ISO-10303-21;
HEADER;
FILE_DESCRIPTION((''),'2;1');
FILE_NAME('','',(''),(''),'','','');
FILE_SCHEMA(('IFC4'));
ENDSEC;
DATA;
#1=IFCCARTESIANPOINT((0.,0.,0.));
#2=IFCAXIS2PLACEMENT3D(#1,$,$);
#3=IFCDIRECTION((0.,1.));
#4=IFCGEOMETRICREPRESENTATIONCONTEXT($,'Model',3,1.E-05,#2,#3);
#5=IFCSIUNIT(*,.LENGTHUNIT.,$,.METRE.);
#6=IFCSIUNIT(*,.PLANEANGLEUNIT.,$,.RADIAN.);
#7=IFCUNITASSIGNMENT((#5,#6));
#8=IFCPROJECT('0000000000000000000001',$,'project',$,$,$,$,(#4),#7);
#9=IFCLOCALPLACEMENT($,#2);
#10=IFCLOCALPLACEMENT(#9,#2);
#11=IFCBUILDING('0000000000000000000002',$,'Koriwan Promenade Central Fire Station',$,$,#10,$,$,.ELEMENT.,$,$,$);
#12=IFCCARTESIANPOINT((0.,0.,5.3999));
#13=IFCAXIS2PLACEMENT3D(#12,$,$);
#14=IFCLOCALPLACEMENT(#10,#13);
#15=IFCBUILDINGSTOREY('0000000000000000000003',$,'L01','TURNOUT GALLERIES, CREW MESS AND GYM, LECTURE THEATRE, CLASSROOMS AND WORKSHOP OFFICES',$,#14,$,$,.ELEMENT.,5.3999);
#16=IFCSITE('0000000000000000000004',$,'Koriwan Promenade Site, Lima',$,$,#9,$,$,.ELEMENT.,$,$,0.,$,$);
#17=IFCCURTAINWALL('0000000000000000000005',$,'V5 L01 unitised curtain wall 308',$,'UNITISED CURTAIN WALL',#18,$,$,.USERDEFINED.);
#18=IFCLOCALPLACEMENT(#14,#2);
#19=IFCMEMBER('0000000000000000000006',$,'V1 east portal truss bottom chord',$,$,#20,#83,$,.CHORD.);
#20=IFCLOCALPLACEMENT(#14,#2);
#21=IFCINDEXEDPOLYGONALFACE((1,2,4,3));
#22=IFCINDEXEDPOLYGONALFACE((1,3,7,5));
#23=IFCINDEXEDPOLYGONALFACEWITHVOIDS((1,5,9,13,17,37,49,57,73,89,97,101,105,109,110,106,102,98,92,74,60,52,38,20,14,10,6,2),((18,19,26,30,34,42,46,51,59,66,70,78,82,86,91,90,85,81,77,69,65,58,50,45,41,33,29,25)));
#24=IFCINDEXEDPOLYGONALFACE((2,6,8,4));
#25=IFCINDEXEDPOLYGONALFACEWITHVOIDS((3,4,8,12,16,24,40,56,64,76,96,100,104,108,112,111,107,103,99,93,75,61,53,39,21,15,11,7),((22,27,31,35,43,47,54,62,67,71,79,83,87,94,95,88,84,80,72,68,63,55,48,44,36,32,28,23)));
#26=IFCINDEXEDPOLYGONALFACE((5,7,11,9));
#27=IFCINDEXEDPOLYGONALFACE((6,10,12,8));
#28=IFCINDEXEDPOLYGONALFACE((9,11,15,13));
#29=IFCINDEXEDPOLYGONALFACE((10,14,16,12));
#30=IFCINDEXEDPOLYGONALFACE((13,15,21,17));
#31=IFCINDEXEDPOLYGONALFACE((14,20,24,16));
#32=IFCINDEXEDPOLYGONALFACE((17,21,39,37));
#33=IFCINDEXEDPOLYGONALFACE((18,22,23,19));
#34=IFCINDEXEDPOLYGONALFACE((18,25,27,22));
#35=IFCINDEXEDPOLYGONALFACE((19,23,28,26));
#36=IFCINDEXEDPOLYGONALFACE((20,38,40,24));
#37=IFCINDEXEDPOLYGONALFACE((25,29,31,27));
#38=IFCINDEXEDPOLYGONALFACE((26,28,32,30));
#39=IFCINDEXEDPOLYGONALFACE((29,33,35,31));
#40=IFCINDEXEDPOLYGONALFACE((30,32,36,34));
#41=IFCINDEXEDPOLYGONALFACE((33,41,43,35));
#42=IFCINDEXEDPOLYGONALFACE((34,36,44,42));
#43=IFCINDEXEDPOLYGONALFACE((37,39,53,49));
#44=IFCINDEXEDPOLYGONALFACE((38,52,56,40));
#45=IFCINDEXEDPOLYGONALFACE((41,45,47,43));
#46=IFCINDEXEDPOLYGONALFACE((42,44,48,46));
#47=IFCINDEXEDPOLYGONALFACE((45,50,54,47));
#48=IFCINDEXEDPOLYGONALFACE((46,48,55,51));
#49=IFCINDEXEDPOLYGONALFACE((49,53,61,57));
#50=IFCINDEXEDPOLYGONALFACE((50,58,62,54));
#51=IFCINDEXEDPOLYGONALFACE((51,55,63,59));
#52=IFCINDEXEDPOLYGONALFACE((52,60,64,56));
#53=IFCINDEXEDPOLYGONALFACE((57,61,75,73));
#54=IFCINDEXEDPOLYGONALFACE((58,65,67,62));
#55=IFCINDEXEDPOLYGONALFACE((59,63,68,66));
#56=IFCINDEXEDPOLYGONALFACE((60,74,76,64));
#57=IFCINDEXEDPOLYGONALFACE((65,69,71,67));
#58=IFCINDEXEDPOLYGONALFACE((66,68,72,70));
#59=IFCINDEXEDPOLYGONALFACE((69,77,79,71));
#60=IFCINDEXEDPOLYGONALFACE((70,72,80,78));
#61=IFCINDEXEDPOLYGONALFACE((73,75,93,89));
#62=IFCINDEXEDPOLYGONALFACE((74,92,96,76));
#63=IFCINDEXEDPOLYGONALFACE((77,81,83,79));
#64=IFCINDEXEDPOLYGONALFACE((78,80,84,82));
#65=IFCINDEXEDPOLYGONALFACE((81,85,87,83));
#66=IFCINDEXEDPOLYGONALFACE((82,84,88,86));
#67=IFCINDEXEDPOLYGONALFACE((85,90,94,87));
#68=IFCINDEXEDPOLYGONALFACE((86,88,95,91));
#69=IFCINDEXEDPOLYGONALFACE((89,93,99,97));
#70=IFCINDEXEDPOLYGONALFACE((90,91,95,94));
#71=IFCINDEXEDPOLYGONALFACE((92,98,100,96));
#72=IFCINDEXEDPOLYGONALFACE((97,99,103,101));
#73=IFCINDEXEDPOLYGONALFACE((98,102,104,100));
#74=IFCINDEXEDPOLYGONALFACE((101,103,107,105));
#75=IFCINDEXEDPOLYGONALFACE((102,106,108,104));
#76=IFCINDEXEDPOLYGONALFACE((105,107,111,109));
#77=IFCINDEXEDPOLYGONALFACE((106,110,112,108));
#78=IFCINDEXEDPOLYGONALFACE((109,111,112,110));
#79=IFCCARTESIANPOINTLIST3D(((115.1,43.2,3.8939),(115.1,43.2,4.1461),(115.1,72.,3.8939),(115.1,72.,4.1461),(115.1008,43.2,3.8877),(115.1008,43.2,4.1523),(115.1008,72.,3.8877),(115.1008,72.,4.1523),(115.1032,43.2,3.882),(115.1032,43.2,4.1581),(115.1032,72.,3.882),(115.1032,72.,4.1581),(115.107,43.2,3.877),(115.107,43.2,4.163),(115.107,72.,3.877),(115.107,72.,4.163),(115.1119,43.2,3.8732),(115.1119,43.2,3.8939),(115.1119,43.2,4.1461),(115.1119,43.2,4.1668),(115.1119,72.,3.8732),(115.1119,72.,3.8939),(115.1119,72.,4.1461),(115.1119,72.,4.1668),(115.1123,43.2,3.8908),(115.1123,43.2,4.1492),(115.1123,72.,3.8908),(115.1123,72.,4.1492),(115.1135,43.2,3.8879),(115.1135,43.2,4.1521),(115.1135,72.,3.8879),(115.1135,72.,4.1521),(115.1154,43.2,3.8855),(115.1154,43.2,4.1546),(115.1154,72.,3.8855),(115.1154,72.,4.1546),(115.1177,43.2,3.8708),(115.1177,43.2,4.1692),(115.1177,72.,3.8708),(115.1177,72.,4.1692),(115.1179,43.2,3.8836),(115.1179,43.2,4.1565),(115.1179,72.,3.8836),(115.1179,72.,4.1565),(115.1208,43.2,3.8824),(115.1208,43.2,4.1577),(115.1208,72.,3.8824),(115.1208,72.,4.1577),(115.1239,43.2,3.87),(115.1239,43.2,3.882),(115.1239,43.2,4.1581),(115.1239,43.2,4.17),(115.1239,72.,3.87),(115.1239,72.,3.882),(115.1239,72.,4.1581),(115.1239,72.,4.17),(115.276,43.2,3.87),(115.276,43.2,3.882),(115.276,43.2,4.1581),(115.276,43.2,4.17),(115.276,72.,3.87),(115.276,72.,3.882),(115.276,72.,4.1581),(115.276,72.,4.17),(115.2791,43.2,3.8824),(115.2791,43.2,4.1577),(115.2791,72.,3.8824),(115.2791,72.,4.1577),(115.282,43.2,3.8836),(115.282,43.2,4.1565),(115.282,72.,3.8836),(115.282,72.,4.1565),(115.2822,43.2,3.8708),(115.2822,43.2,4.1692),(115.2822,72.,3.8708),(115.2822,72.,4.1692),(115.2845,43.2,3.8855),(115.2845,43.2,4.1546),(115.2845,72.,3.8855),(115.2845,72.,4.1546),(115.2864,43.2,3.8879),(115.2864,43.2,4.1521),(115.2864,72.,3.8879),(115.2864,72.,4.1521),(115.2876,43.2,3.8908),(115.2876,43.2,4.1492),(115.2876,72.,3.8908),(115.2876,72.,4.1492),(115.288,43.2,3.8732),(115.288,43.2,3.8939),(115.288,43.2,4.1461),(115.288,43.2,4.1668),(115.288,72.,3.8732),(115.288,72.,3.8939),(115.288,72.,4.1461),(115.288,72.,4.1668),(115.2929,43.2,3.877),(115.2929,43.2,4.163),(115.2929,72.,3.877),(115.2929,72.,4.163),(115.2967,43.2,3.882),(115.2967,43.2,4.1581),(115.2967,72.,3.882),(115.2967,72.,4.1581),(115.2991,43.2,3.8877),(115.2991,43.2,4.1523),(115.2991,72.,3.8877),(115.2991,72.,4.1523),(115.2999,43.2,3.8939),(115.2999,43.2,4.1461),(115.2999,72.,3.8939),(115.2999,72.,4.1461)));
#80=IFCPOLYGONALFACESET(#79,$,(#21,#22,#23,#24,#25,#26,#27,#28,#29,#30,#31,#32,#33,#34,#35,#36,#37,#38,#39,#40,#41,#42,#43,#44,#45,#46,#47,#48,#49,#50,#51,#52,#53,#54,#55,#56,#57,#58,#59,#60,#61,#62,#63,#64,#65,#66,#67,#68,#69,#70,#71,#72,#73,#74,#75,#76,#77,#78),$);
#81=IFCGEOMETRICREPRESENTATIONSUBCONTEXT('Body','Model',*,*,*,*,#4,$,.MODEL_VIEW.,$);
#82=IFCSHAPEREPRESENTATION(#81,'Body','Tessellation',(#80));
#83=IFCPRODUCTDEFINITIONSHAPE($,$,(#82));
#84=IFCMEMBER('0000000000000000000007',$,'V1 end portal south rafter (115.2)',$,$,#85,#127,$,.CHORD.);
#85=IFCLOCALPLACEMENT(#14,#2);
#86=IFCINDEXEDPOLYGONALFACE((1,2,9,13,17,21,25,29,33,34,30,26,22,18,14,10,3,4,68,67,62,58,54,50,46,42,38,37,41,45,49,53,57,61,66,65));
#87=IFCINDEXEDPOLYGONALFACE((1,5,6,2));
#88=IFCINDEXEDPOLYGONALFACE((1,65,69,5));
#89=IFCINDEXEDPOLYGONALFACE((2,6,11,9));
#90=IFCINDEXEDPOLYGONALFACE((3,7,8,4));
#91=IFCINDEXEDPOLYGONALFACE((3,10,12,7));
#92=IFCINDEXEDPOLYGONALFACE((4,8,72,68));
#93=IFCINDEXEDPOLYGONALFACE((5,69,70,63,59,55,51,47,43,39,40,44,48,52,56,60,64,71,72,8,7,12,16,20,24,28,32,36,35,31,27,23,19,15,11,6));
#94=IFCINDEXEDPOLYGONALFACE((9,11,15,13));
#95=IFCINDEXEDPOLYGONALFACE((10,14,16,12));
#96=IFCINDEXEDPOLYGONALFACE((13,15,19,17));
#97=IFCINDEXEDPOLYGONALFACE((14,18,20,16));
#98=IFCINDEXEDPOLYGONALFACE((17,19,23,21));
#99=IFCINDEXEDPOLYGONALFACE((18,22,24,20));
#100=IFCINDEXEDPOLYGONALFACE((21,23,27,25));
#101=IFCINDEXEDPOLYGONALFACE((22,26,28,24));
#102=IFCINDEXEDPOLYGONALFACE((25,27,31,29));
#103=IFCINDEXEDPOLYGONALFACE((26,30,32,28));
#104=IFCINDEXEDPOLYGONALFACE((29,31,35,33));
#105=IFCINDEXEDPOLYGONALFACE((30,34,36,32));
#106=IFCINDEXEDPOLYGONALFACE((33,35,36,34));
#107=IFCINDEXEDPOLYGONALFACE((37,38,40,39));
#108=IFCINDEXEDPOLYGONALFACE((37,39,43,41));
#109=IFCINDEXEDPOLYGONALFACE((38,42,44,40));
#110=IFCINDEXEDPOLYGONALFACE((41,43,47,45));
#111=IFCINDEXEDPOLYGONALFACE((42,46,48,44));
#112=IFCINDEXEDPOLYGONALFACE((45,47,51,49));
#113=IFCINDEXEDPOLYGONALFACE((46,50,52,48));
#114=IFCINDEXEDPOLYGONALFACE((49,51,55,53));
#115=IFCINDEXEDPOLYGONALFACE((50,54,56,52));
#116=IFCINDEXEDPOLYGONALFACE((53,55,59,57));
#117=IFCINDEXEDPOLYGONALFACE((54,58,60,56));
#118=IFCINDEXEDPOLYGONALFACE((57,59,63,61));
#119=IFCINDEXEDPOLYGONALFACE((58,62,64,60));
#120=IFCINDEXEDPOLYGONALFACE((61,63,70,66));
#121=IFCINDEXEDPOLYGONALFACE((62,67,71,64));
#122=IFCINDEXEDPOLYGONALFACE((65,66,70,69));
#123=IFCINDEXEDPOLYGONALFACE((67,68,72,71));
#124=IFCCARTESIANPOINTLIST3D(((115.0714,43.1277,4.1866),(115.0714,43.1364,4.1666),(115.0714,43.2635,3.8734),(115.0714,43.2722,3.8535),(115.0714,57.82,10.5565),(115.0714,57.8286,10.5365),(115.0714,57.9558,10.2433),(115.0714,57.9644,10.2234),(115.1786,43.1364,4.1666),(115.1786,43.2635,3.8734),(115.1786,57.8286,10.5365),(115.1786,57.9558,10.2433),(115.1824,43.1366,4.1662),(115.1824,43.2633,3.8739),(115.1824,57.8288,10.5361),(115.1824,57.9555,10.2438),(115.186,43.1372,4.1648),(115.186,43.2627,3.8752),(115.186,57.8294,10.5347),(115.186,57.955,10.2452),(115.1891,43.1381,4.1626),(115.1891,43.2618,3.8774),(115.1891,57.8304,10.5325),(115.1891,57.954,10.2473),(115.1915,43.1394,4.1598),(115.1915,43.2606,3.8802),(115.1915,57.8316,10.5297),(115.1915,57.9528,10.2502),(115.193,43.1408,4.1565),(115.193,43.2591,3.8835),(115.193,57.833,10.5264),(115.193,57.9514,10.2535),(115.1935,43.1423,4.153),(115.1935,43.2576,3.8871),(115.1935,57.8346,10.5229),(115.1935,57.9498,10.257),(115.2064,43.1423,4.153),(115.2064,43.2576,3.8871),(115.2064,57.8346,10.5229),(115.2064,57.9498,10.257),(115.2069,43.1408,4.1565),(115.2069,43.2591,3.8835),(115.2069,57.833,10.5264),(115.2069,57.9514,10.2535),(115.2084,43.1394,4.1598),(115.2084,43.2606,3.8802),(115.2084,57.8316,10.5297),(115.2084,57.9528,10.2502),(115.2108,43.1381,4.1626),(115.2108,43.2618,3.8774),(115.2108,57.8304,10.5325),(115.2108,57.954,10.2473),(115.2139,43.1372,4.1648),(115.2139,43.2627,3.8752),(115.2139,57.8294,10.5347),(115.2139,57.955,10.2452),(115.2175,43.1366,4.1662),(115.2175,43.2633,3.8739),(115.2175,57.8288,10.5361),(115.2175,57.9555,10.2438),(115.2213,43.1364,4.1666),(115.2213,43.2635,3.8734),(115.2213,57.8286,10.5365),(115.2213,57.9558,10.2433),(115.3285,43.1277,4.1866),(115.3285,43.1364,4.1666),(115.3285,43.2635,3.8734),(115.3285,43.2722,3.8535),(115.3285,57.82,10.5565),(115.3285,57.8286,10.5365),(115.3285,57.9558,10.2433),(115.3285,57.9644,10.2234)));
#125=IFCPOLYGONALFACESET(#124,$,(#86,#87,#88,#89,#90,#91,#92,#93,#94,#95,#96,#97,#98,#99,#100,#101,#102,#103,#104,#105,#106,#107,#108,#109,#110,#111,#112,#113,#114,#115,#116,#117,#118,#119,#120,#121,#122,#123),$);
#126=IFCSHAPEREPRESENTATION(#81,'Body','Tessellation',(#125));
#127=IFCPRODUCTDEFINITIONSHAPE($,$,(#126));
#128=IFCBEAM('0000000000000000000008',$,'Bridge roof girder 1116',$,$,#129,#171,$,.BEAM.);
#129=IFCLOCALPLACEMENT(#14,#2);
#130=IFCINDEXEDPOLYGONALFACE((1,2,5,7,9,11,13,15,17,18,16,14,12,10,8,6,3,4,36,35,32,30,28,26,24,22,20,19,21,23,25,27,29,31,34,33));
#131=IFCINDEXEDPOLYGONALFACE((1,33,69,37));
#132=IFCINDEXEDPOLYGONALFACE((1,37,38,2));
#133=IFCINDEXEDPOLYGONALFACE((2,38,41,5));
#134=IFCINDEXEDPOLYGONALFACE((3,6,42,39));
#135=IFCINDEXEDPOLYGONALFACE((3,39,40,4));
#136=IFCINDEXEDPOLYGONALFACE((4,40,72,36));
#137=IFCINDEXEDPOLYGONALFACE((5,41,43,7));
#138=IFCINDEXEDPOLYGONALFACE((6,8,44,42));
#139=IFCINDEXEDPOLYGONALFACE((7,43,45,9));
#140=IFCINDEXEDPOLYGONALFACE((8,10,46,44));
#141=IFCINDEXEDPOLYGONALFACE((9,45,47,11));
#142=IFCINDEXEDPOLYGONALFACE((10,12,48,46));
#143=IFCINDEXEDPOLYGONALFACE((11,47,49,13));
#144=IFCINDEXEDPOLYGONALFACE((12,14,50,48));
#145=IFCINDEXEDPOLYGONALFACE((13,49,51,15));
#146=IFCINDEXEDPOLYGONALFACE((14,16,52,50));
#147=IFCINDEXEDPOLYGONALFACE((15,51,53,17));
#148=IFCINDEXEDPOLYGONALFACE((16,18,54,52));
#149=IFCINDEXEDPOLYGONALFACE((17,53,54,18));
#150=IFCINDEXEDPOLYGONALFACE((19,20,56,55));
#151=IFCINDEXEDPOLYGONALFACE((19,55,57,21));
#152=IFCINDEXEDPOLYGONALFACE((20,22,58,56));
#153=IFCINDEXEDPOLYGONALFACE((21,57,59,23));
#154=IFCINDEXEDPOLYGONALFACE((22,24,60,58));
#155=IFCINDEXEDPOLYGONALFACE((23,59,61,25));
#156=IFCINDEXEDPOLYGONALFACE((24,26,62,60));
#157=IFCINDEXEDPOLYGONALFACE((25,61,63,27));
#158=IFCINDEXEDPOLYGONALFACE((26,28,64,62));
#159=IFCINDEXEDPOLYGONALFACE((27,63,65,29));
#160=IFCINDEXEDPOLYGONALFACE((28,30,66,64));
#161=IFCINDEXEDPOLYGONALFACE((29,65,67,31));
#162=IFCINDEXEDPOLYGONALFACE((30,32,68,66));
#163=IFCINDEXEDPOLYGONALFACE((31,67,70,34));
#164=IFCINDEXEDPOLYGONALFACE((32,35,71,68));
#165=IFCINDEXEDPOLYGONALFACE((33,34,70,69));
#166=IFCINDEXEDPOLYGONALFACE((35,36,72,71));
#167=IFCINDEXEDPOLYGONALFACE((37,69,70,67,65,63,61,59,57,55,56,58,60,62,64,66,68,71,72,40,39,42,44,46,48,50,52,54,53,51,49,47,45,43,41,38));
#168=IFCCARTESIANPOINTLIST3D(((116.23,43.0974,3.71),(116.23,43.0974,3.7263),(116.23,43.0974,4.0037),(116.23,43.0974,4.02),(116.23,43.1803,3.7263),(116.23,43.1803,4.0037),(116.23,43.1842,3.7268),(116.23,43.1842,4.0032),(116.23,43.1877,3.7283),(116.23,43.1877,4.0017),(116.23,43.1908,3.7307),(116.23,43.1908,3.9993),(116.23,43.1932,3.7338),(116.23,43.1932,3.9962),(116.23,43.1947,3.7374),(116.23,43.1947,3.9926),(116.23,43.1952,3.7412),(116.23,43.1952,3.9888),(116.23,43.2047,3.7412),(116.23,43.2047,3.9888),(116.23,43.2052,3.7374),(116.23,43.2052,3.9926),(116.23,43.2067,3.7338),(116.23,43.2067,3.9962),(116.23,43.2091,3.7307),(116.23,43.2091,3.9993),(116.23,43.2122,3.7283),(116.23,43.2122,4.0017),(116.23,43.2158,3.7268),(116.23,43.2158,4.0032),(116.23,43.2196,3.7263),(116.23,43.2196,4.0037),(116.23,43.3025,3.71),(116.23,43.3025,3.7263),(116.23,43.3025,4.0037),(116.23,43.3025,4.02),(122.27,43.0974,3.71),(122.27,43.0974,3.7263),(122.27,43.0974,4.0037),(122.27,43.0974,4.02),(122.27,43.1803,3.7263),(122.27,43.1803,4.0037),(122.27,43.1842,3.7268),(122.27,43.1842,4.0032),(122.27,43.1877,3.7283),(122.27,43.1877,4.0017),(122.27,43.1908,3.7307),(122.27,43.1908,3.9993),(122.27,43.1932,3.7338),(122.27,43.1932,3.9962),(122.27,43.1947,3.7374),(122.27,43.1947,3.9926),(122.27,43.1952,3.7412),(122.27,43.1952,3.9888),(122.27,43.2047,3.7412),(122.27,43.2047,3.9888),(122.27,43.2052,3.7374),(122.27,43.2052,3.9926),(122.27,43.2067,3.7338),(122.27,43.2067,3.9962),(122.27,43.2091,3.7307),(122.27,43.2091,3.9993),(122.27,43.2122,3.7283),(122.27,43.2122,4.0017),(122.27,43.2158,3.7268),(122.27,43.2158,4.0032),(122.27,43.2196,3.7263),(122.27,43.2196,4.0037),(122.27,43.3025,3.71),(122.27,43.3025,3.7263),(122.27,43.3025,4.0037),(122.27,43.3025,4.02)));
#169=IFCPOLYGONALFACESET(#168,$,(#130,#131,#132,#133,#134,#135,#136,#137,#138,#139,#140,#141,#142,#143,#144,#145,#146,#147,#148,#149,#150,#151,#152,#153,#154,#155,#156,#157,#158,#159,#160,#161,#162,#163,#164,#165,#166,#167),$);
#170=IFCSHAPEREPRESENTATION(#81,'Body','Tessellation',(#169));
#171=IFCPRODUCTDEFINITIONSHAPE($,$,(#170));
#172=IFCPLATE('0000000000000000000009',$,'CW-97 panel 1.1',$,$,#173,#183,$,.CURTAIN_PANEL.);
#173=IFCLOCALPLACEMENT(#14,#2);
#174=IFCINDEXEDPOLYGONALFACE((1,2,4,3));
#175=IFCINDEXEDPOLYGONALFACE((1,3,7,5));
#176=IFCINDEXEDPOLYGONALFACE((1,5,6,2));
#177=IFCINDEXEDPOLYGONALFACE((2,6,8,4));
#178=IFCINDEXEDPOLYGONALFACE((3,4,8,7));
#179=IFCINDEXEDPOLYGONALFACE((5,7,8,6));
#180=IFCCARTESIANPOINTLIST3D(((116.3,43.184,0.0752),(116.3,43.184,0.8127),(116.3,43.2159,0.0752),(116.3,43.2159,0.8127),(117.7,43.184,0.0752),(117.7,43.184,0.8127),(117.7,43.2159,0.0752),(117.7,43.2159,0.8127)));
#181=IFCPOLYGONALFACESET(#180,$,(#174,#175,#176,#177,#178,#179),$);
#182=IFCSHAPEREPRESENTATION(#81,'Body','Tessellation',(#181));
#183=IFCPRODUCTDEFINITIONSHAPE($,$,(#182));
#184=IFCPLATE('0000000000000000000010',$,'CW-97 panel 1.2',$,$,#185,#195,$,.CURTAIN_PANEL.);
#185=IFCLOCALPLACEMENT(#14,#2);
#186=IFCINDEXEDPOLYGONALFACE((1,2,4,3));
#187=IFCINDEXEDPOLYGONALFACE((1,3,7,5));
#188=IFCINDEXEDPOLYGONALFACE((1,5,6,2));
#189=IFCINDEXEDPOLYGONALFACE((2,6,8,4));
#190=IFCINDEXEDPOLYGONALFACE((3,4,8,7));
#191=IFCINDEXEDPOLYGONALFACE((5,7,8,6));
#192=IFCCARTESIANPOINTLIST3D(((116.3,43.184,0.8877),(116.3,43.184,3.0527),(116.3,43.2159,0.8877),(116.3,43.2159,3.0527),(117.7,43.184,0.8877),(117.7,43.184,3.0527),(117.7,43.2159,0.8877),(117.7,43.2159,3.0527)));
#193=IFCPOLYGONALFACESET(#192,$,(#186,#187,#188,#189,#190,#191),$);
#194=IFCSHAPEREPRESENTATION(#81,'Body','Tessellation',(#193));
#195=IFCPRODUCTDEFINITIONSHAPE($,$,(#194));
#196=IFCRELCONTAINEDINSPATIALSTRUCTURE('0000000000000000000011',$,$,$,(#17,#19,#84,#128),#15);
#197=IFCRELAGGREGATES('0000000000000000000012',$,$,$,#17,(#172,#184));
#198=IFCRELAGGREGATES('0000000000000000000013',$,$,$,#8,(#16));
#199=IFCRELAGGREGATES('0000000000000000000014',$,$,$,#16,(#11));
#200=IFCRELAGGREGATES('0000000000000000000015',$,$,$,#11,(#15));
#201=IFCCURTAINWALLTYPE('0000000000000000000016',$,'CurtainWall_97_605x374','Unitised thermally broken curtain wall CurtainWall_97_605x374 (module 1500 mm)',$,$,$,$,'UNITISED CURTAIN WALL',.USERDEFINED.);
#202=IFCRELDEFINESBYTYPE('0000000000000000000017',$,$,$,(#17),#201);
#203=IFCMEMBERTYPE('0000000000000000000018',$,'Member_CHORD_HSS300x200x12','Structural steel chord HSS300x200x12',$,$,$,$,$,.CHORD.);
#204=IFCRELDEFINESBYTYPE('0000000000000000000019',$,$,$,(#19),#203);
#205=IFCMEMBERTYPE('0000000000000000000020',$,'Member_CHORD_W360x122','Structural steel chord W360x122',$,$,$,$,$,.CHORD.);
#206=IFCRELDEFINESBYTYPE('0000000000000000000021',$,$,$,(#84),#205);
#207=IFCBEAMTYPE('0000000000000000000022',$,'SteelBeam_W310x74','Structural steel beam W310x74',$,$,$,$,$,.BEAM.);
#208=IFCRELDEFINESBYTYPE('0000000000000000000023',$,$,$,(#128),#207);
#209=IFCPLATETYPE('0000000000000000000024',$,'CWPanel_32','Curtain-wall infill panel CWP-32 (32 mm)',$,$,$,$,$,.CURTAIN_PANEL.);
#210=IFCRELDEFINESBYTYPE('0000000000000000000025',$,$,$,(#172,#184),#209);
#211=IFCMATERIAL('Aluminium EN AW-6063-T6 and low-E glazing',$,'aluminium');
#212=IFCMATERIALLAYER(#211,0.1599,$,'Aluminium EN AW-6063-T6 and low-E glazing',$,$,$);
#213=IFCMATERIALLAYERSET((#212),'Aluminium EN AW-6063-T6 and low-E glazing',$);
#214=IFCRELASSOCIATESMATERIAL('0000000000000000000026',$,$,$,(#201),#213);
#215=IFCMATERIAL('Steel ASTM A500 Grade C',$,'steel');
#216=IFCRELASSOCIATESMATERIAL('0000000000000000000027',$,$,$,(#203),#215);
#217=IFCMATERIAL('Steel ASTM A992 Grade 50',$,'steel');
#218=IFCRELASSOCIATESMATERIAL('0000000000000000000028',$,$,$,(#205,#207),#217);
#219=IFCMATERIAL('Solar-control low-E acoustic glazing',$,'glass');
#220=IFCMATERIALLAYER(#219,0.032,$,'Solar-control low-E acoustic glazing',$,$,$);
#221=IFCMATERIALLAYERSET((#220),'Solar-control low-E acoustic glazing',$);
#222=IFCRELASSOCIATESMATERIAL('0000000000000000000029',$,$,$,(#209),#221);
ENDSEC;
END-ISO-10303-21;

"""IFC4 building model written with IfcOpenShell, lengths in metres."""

from ifc_helpers import new_model, si_unit, direction, frame, origin, origin_2d, place, context, subcontext, project, spatial, rectangle, hollow_rectangle, i_section, extrude, material, layer, layer_set, material_profile, profile_set, type_object, element, aggregate, save


model = new_model("IFC4")

# Units and contexts
model_context = context("Model", 3, precision=1e-05, world=origin(), true_north=direction((0.0, 1.0)))
body_context = subcontext(model_context, "Body", "Model", "MODEL_VIEW")
ifc_project = project(units=[si_unit("LENGTHUNIT", "METRE"), si_unit("PLANEANGLEUNIT", "RADIAN")], contexts=[model_context])

# Site, building, storey
site_placement = place(None, origin())
site = spatial("IfcSite", under=ifc_project, at=site_placement, Name="Koriwan Promenade Site, Lima", CompositionType="ELEMENT", RefElevation=0.0)
building_placement = place(site_placement, origin())
building = spatial("IfcBuilding", under=site, at=building_placement, Name="Koriwan Promenade Central Fire Station", CompositionType="ELEMENT")
storey_placement = place(building_placement, frame((0.0, 0.0, 5.3999)))
storey = spatial("IfcBuildingStorey", under=building, at=storey_placement, Name="L01", Description="TURNOUT GALLERIES, CREW MESS AND GYM, LECTURE THEATRE, CLASSROOMS AND WORKSHOP OFFICES", CompositionType="ELEMENT", Elevation=5.3999)

# Shared definitions
ifc_material_1 = material(Name="Steel ASTM A500 Grade C", Category="steel")

# Curtain wall
ifc_material_2 = material(Name="Aluminium EN AW-6063-T6 and low-E glazing", Category="aluminium")
ifc_layer_1 = layer(ifc_material_2, 0.1599, Name="Aluminium EN AW-6063-T6 and low-E glazing")
ifc_layer_set_1 = layer_set([ifc_layer_1], Name="Aluminium EN AW-6063-T6 and low-E glazing")
curtain_wall_type = type_object("IfcCurtainWallType", Name="CurtainWall_97_605x374", Description="Unitised thermally broken curtain wall CurtainWall_97_605x374 (module 1500 mm)", ElementType="UNITISED CURTAIN WALL", PredefinedType="USERDEFINED", material=ifc_layer_set_1)
curtain_wall_placement = place(storey_placement, origin())
curtain_wall = element("IfcCurtainWall", 1, at=curtain_wall_placement, inside=storey, type_object=curtain_wall_type, Name="V5 L01 unitised curtain wall 308", ObjectType="UNITISED CURTAIN WALL", PredefinedType="USERDEFINED")

# Members
ifc_material_profile_1 = material_profile(ifc_material_1, hollow_rectangle(XDim=0.2, YDim=0.3, WallThickness=0.012, InnerFilletRadius=0.012, OuterFilletRadius=0.0239, at=origin_2d()), Name="HSS300x200x12")
ifc_profile_set_1 = profile_set([ifc_material_profile_1], Name="Steel ASTM A500 Grade C")
member_type_1 = type_object("IfcMemberType", Name="Member_CHORD_HSS300x200x12", Description="Structural steel chord HSS300x200x12", PredefinedType="CHORD", material=ifc_profile_set_1)
member_1_placement = place(storey_placement, frame((115.2, 43.2, 4.02), z_axis=(0.0, 1.0, 0.0), x_axis=(-1.0, 0.0, 0.0)))
element("IfcMember", 2, at=member_1_placement, inside=storey, type_object=member_type_1, Name="V1 east portal truss bottom chord", PredefinedType="CHORD", context=body_context, shape_type="SweptSolid", body=[
    extrude(hollow_rectangle(XDim=0.2, YDim=0.3, WallThickness=0.012, InnerFilletRadius=0.012, OuterFilletRadius=0.0239, at=origin_2d()), origin(), (0.0, 0.0, 1.0), 28.8),
])
ifc_material_3 = material(Name="Steel ASTM A992 Grade 50", Category="steel")
ifc_material_profile_2 = material_profile(ifc_material_3, i_section(OverallWidth=0.2571, OverallDepth=0.363, WebThickness=0.0129, FlangeThickness=0.0217, FilletRadius=0.0149, at=origin_2d()), Name="W360x122")
ifc_profile_set_2 = profile_set([ifc_material_profile_2], Name="Steel ASTM A992 Grade 50")
member_type_2 = type_object("IfcMemberType", Name="Member_CHORD_W360x122", Description="Structural steel chord W360x122", PredefinedType="CHORD", material=ifc_profile_set_2)
member_2_placement = place(storey_placement, frame((115.2, 43.2, 4.02), z_axis=(0.0, 0.917481, 0.39778), x_axis=(-1.0, 0.0, 0.0)))
element("IfcMember", 3, at=member_2_placement, inside=storey, type_object=member_type_2, Name="V1 end portal south rafter (115.2)", PredefinedType="CHORD", context=body_context, shape_type="SweptSolid", body=[
    extrude(i_section(OverallWidth=0.2571, OverallDepth=0.363, WebThickness=0.0129, FlangeThickness=0.0217, FilletRadius=0.0149, at=origin_2d()), origin(), (0.0, 0.0, 1.0), 16.0137),
])

# Beam
ifc_material_profile_3 = material_profile(ifc_material_3, i_section(OverallWidth=0.2051, OverallDepth=0.3101, WebThickness=0.0095, FlangeThickness=0.0164, FilletRadius=0.0149, at=origin_2d()), Name="W310x74")
ifc_profile_set_3 = profile_set([ifc_material_profile_3], Name="Steel ASTM A992 Grade 50")
beam_type = type_object("IfcBeamType", Name="SteelBeam_W310x74", Description="Structural steel beam W310x74", PredefinedType="BEAM", material=ifc_profile_set_3)
beam_placement = place(storey_placement, frame((116.23, 43.2, 3.865), z_axis=(1.0, 0.0, 0.0), x_axis=(0.0, 1.0, 0.0)))
element("IfcBeam", 4, at=beam_placement, inside=storey, type_object=beam_type, Name="Bridge roof girder 1116", PredefinedType="BEAM", context=body_context, shape_type="SweptSolid", body=[
    extrude(i_section(OverallWidth=0.2051, OverallDepth=0.3101, WebThickness=0.0095, FlangeThickness=0.0164, FilletRadius=0.0149, at=origin_2d()), origin(), (0.0, 0.0, 1.0), 6.04),
])

# Plates
ifc_material_4 = material(Name="Solar-control low-E acoustic glazing", Category="glass")
ifc_layer_2 = layer(ifc_material_4, 0.032, Name="Solar-control low-E acoustic glazing")
ifc_layer_set_2 = layer_set([ifc_layer_2], Name="Solar-control low-E acoustic glazing")
plate_type = type_object("IfcPlateType", Name="CWPanel_32", Description="Curtain-wall infill panel CWP-32 (32 mm)", PredefinedType="CURTAIN_PANEL", material=ifc_layer_set_2)
plate_1_placement = place(storey_placement, frame((117.0, 43.2, 0.0752), z_axis=(0.0, 0.0, 1.0), x_axis=(1.0, 0.0, 0.0)))
plate_1 = element("IfcPlate", 5, at=plate_1_placement, type_object=plate_type, Name="CW-97 panel 1.1", PredefinedType="CURTAIN_PANEL", context=body_context, shape_type="SweptSolid", body=[
    extrude(rectangle(XDim=1.3999, YDim=0.032, at=origin_2d()), origin(), (0.0, 0.0, 1.0), 0.7375),
])
plate_2_placement = place(storey_placement, frame((117.0, 43.2, 0.8877), z_axis=(0.0, 0.0, 1.0), x_axis=(1.0, 0.0, 0.0)))
plate_2 = element("IfcPlate", 6, at=plate_2_placement, type_object=plate_type, Name="CW-97 panel 1.2", PredefinedType="CURTAIN_PANEL", context=body_context, shape_type="SweptSolid", body=[
    extrude(rectangle(XDim=1.3999, YDim=0.032, at=origin_2d()), origin(), (0.0, 0.0, 1.0), 2.165),
])
aggregate(curtain_wall, [plate_1, plate_2])

save(model, "model.ifc")
